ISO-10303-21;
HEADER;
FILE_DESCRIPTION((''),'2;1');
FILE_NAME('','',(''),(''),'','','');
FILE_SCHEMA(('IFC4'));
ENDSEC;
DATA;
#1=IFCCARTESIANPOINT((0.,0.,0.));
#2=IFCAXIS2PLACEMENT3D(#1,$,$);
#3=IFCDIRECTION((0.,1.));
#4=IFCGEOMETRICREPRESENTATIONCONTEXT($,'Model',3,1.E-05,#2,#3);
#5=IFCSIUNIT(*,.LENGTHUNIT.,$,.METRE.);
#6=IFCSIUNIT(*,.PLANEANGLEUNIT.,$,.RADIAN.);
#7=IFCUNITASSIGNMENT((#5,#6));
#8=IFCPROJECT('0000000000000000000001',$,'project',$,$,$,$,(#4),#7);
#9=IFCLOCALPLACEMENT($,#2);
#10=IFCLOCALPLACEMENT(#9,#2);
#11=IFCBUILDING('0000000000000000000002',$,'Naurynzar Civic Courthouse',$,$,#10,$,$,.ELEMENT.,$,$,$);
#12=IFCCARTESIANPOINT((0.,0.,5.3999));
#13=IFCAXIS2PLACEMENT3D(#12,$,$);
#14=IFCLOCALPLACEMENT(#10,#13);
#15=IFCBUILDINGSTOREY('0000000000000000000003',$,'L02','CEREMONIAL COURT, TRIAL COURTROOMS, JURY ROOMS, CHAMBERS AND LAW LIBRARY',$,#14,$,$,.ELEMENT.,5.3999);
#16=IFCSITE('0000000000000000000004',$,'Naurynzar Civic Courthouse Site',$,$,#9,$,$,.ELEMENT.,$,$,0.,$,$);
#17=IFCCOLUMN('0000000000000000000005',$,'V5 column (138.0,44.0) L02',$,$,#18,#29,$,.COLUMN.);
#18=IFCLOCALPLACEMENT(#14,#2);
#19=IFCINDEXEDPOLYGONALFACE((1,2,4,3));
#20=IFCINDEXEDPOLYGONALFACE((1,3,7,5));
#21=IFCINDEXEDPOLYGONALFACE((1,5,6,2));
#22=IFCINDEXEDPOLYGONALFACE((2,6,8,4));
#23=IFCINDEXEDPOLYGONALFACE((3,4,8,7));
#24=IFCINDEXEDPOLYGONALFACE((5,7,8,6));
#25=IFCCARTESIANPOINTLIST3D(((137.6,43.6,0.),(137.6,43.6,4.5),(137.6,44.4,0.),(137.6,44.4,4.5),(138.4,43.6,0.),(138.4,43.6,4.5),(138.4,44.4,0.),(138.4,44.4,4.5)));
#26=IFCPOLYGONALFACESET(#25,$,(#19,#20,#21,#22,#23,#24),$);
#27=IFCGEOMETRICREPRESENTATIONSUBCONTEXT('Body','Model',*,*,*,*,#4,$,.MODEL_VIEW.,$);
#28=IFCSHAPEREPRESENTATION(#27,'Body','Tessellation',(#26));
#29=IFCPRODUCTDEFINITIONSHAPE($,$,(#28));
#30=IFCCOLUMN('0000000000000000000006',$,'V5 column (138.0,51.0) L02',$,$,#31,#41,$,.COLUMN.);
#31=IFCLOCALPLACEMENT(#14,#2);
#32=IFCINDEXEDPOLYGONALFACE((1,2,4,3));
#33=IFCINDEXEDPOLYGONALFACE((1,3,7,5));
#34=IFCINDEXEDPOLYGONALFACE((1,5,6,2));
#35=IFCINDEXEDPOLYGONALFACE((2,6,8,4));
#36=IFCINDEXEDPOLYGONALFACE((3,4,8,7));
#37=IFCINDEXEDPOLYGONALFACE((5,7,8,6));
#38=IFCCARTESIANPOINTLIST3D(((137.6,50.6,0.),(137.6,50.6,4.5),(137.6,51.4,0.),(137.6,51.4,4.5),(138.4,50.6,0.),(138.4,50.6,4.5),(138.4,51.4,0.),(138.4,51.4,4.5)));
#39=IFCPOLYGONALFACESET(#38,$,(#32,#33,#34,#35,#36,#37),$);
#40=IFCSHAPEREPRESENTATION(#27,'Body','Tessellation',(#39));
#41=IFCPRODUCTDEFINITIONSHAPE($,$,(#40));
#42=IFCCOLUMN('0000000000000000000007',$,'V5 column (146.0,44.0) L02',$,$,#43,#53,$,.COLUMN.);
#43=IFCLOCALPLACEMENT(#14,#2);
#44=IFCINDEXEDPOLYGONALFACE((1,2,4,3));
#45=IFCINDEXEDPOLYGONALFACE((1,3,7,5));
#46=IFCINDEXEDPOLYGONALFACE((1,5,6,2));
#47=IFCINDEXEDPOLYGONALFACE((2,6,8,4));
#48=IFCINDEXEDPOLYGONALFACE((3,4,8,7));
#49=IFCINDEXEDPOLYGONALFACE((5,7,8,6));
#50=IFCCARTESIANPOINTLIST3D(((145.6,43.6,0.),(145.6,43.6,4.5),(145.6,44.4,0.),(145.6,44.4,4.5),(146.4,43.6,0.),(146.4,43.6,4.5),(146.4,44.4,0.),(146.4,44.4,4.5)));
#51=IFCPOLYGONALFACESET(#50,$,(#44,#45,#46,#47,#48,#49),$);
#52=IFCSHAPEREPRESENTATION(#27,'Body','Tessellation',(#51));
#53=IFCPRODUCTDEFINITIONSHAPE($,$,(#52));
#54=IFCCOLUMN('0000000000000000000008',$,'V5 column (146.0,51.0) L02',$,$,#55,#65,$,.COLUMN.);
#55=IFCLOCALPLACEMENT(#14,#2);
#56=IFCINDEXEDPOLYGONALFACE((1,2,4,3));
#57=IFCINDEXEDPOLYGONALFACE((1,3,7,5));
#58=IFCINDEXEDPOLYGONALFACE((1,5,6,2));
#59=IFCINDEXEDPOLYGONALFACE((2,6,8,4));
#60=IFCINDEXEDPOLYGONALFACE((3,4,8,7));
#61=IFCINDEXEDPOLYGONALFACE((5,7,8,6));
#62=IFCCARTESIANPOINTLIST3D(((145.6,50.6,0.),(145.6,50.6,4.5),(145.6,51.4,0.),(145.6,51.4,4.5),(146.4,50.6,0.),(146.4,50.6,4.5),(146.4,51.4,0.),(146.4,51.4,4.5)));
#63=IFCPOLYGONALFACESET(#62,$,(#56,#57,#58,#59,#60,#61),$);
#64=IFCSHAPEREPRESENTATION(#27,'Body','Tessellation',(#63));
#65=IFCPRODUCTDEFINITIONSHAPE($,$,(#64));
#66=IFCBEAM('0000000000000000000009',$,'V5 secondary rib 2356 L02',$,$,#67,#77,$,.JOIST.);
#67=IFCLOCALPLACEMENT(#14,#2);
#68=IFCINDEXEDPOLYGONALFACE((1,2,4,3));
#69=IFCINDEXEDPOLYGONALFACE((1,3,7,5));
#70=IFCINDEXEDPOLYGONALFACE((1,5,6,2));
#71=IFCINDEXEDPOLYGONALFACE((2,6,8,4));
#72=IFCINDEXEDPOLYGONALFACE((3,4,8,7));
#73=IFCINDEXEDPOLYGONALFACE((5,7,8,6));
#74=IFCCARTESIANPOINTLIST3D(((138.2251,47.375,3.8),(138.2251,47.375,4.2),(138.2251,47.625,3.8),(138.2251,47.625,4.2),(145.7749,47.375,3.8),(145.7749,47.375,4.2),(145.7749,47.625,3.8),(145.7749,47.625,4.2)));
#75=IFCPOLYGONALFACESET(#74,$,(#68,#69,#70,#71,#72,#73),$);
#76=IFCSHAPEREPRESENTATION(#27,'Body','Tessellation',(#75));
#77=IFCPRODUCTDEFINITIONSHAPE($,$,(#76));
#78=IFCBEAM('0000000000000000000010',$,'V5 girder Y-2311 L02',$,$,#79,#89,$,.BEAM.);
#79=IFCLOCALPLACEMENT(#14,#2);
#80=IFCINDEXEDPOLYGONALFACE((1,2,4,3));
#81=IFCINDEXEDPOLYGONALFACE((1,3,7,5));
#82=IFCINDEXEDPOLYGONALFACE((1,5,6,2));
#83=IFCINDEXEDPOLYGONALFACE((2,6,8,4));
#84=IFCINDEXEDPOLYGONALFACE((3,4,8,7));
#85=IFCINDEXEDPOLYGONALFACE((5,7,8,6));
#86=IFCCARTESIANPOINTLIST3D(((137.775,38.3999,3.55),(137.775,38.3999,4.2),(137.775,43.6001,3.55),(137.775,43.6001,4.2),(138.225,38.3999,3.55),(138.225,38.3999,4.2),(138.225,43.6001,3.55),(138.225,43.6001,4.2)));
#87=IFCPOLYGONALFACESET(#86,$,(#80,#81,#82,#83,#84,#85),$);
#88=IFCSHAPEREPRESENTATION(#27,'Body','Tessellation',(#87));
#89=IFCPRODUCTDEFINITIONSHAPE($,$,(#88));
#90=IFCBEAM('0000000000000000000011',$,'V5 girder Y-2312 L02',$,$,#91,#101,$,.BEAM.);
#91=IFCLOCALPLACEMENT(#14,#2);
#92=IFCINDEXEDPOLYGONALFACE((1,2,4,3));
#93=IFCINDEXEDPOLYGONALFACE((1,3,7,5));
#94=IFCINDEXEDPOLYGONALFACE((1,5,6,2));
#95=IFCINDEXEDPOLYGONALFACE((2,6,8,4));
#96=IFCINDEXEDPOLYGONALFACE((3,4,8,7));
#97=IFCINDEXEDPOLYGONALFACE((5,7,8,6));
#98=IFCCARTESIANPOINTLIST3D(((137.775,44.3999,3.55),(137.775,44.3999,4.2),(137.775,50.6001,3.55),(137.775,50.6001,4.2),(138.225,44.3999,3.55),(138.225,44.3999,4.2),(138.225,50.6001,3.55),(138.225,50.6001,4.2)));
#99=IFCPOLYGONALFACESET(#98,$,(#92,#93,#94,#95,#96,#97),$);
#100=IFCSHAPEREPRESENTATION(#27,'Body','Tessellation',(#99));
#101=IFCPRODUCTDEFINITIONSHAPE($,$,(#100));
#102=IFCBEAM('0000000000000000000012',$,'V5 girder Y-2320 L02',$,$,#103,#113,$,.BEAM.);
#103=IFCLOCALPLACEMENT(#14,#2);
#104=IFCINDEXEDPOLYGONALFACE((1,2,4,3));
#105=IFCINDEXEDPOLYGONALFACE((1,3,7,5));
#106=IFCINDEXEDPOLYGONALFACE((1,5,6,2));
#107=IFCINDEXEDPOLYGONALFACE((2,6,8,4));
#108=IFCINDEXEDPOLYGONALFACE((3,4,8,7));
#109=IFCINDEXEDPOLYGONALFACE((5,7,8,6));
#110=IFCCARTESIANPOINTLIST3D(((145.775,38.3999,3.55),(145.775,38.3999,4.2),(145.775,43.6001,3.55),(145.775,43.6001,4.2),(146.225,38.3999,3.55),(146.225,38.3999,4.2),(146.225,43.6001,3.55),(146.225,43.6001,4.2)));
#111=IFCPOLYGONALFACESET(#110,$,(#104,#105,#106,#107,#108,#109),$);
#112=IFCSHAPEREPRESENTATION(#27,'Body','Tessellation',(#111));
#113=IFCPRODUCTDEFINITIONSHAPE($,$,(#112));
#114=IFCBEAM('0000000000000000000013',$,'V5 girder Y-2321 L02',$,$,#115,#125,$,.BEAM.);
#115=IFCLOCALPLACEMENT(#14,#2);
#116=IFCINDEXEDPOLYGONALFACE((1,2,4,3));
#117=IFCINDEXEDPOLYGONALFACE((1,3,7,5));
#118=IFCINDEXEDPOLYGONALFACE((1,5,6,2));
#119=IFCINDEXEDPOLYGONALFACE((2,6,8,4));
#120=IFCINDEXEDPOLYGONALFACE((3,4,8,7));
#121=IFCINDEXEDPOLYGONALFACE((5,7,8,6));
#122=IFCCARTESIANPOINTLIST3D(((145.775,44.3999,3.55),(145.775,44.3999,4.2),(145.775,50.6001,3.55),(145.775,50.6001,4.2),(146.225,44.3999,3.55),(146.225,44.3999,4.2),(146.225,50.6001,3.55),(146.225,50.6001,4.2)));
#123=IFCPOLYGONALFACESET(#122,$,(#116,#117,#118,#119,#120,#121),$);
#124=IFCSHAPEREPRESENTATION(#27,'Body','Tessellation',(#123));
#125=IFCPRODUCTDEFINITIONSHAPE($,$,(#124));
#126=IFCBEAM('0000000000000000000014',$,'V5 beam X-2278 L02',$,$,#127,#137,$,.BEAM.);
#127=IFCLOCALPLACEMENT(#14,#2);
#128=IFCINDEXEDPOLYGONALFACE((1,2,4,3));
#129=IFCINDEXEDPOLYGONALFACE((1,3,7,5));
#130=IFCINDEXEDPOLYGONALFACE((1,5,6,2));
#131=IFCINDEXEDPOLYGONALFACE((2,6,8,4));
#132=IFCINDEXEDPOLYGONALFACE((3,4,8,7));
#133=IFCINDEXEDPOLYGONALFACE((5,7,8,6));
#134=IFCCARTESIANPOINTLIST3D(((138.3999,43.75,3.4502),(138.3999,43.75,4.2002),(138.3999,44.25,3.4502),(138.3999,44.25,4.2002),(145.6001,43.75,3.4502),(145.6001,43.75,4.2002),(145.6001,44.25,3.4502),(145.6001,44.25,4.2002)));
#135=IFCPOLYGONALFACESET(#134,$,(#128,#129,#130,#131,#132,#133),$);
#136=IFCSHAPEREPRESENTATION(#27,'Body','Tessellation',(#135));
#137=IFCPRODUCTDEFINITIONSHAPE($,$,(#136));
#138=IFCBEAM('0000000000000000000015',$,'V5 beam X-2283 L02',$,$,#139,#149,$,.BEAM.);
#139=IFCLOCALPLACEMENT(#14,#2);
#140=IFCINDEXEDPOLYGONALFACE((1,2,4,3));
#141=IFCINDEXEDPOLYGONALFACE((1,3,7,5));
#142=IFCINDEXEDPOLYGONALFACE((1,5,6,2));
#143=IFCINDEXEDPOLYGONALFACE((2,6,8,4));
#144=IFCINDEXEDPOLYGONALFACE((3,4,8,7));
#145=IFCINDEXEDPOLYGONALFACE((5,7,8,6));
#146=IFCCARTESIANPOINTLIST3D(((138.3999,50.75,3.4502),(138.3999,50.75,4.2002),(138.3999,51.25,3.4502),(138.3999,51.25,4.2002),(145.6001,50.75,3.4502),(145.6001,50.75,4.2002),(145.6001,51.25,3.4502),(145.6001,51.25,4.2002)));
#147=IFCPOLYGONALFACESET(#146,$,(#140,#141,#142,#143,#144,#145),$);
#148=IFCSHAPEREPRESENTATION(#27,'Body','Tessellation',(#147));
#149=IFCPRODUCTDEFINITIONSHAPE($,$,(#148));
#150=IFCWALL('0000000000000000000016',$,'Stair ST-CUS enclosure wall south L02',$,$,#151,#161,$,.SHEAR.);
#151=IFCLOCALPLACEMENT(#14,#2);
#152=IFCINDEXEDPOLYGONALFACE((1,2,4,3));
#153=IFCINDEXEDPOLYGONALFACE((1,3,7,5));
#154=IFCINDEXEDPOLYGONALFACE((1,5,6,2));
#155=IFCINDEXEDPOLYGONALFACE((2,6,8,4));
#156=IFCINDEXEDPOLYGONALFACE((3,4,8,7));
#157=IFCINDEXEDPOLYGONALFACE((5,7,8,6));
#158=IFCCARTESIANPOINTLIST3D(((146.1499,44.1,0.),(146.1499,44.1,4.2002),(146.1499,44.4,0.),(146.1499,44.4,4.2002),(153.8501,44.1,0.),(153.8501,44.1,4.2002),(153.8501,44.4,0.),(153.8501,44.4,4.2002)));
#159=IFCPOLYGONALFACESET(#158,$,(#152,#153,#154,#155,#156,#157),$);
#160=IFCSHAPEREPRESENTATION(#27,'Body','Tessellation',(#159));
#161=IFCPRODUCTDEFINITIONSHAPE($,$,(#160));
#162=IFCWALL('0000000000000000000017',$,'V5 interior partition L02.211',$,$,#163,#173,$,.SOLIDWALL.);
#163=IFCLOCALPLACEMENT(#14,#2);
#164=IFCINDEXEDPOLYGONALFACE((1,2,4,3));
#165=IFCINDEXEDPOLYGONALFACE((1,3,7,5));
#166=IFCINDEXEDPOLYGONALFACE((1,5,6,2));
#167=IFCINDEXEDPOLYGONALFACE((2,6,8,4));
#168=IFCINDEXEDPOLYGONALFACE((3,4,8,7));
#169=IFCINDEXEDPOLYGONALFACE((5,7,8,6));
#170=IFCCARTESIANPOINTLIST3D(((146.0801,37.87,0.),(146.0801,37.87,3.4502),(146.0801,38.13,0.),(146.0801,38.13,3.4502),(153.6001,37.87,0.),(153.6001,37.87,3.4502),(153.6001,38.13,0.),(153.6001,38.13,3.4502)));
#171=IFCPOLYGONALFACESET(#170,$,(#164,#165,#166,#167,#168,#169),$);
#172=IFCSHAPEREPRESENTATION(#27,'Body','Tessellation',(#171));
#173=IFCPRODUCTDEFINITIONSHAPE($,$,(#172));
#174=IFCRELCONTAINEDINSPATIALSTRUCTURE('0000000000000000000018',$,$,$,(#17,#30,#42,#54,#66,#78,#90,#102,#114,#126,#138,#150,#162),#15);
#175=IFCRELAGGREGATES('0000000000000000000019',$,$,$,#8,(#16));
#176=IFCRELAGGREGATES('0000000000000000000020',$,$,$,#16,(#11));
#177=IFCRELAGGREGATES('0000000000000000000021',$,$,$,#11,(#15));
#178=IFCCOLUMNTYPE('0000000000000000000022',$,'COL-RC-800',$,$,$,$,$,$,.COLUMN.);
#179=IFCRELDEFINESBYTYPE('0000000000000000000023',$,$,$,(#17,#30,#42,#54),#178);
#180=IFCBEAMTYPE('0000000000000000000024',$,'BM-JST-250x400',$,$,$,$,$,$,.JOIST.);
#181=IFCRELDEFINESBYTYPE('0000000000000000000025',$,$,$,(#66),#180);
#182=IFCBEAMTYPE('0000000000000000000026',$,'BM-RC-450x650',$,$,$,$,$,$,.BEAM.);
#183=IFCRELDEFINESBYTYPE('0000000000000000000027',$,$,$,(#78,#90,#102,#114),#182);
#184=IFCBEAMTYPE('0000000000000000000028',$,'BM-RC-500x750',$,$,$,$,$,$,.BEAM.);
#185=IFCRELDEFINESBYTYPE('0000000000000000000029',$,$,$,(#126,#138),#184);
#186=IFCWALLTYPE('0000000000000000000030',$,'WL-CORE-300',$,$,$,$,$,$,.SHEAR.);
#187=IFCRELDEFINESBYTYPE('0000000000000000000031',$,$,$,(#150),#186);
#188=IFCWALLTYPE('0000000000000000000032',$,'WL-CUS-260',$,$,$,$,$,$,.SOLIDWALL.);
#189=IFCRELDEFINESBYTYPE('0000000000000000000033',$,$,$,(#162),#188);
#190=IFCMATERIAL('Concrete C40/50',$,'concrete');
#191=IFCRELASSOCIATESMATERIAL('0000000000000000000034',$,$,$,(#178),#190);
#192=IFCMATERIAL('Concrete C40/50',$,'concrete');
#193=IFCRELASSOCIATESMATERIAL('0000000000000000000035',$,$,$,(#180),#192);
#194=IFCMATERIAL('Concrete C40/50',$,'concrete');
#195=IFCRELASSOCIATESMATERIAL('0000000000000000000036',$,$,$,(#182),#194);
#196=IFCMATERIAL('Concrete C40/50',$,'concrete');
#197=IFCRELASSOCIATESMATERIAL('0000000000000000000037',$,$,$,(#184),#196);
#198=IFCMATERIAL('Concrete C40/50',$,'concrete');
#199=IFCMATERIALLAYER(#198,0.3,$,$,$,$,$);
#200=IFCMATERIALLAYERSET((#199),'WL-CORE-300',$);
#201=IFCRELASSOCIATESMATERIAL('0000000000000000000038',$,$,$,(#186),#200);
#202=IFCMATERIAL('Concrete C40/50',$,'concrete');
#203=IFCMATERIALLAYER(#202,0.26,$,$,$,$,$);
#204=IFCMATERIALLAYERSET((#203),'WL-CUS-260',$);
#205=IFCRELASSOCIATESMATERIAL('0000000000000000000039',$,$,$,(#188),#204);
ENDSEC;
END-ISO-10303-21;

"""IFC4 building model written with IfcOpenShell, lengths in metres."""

from ifc_helpers import new_model, si_unit, direction, frame, frame_2d, origin, origin_2d, place, context, subcontext, project, spatial, rectangle, extrude, material, layer, layer_set, material_profile, profile_set, type_object, element, save


model = new_model("IFC4")

# Units and contexts
model_context = context("Model", 3, precision=1e-05, world=origin(), true_north=direction((0.0, 1.0)))
body_context = subcontext(model_context, "Body", "Model", "MODEL_VIEW")
ifc_project = project(units=[si_unit("LENGTHUNIT", "METRE"), si_unit("PLANEANGLEUNIT", "RADIAN")], contexts=[model_context])

# Site, building, storey
site_placement = place(None, origin())
site = spatial("IfcSite", under=ifc_project, at=site_placement, Name="Naurynzar Civic Courthouse Site", CompositionType="ELEMENT", RefElevation=0.0)
building_placement = place(site_placement, origin())
building = spatial("IfcBuilding", under=site, at=building_placement, Name="Naurynzar Civic Courthouse", CompositionType="ELEMENT")
storey_placement = place(building_placement, frame((0.0, 0.0, 5.3999)))
storey = spatial("IfcBuildingStorey", under=building, at=storey_placement, Name="L02", Description="CEREMONIAL COURT, TRIAL COURTROOMS, JURY ROOMS, CHAMBERS AND LAW LIBRARY", CompositionType="ELEMENT", Elevation=5.3999)

# Columns
ifc_material_1 = material(Name="Concrete C40/50", Category="concrete")
ifc_material_profile_1 = material_profile(ifc_material_1, rectangle(XDim=0.8, YDim=0.8, at=origin_2d()), Name="RC 800x800")
ifc_profile_set_1 = profile_set([ifc_material_profile_1], Name="Concrete C40/50")
column_type = type_object("IfcColumnType", Name="COL-RC-800", PredefinedType="COLUMN", material=ifc_profile_set_1)
for number, where, z_axis, x_axis, name in (
    (1, (138.0, 44.0, 0.0), (0.0, 0.0, 1.0), (1.0, 0.0, 0.0), "V5 column (138.0,44.0) L02"),
    (2, (138.0, 51.0, 0.0), (0.0, 0.0, 1.0), (1.0, 0.0, 0.0), "V5 column (138.0,51.0) L02"),
    (3, (146.0, 44.0, 0.0), (0.0, 0.0, 1.0), (1.0, 0.0, 0.0), "V5 column (146.0,44.0) L02"),
    (4, (146.0, 51.0, 0.0), (0.0, 0.0, 1.0), (1.0, 0.0, 0.0), "V5 column (146.0,51.0) L02"),
):
    element("IfcColumn", number, at=place(storey_placement, frame(where, z_axis=z_axis, x_axis=x_axis)), inside=storey, type_object=column_type, Name=name, PredefinedType="COLUMN", context=body_context, shape_type="SweptSolid", body=[
        extrude(rectangle(XDim=0.8, YDim=0.8, at=origin_2d()), origin(), (0.0, 0.0, 1.0), 4.5),
    ])

# Beams
ifc_material_2 = material(Name="Concrete C40/50", Category="concrete")
ifc_material_profile_2 = material_profile(ifc_material_2, rectangle(XDim=0.25, YDim=0.3999, at=origin_2d()), Name="RCB 250x400")
ifc_profile_set_2 = profile_set([ifc_material_profile_2], Name="Concrete C40/50")
beam_type_1 = type_object("IfcBeamType", Name="BM-JST-250x400", PredefinedType="JOIST", material=ifc_profile_set_2)
beam_1_placement = place(storey_placement, frame((138.2251, 47.5, 4.0), z_axis=(1.0, 0.0, 0.0), x_axis=(0.0, 1.0, 0.0)))
element("IfcBeam", 5, at=beam_1_placement, inside=storey, type_object=beam_type_1, Name="V5 secondary rib 2356 L02", PredefinedType="JOIST", context=body_context, shape_type="SweptSolid", body=[
    extrude(rectangle(XDim=0.25, YDim=0.3999, at=origin_2d()), origin(), (0.0, 0.0, 1.0), 7.5498),
])
ifc_material_3 = material(Name="Concrete C40/50", Category="concrete")
ifc_material_profile_3 = material_profile(ifc_material_3, rectangle(XDim=0.45, YDim=0.6499, at=origin_2d()), Name="RCB 450x650")
ifc_profile_set_3 = profile_set([ifc_material_profile_3], Name="Concrete C40/50")
beam_type_2 = type_object("IfcBeamType", Name="BM-RC-450x650", PredefinedType="BEAM", material=ifc_profile_set_3)
beam_2_placement = place(storey_placement, frame((138.0, 38.3999, 3.875), z_axis=(0.0, 1.0, 0.0), x_axis=(-1.0, 0.0, 0.0)))
element("IfcBeam", 6, at=beam_2_placement, inside=storey, type_object=beam_type_2, Name="V5 girder Y-2311 L02", PredefinedType="BEAM", context=body_context, shape_type="SweptSolid", body=[
    extrude(rectangle(XDim=0.45, YDim=0.6499, at=origin_2d()), origin(), (0.0, 0.0, 1.0), 5.2002),
])
beam_3_placement = place(storey_placement, frame((138.0, 44.3999, 3.875), z_axis=(0.0, 1.0, 0.0), x_axis=(-1.0, 0.0, 0.0)))
element("IfcBeam", 7, at=beam_3_placement, inside=storey, type_object=beam_type_2, Name="V5 girder Y-2312 L02", PredefinedType="BEAM", context=body_context, shape_type="SweptSolid", body=[
    extrude(rectangle(XDim=0.45, YDim=0.6499, at=origin_2d()), origin(), (0.0, 0.0, 1.0), 6.2002),
])
beam_4_placement = place(storey_placement, frame((146.0, 38.3999, 3.875), z_axis=(0.0, 1.0, 0.0), x_axis=(-1.0, 0.0, 0.0)))
element("IfcBeam", 8, at=beam_4_placement, inside=storey, type_object=beam_type_2, Name="V5 girder Y-2320 L02", PredefinedType="BEAM", context=body_context, shape_type="SweptSolid", body=[
    extrude(rectangle(XDim=0.45, YDim=0.6499, at=origin_2d()), origin(), (0.0, 0.0, 1.0), 5.2002),
])
beam_5_placement = place(storey_placement, frame((146.0, 44.3999, 3.875), z_axis=(0.0, 1.0, 0.0), x_axis=(-1.0, 0.0, 0.0)))
element("IfcBeam", 9, at=beam_5_placement, inside=storey, type_object=beam_type_2, Name="V5 girder Y-2321 L02", PredefinedType="BEAM", context=body_context, shape_type="SweptSolid", body=[
    extrude(rectangle(XDim=0.45, YDim=0.6499, at=origin_2d()), origin(), (0.0, 0.0, 1.0), 6.2002),
])
ifc_material_4 = material(Name="Concrete C40/50", Category="concrete")
ifc_material_profile_4 = material_profile(ifc_material_4, rectangle(XDim=0.5, YDim=0.75, at=origin_2d()), Name="RCB 500x750")
ifc_profile_set_4 = profile_set([ifc_material_profile_4], Name="Concrete C40/50")
beam_type_3 = type_object("IfcBeamType", Name="BM-RC-500x750", PredefinedType="BEAM", material=ifc_profile_set_4)
for number, where, z_axis, x_axis, name in (
    (10, (138.3999, 44.0, 3.8252), (1.0, 0.0, 0.0), (0.0, 1.0, 0.0), "V5 beam X-2278 L02"),
    (11, (138.3999, 51.0, 3.8252), (1.0, 0.0, 0.0), (0.0, 1.0, 0.0), "V5 beam X-2283 L02"),
):
    element("IfcBeam", number, at=place(storey_placement, frame(where, z_axis=z_axis, x_axis=x_axis)), inside=storey, type_object=beam_type_3, Name=name, PredefinedType="BEAM", context=body_context, shape_type="SweptSolid", body=[
        extrude(rectangle(XDim=0.5, YDim=0.75, at=origin_2d()), origin(), (0.0, 0.0, 1.0), 7.2002),
    ])

# Wall
ifc_material_5 = material(Name="Concrete C40/50", Category="concrete")
ifc_layer_1 = layer(ifc_material_5, 0.3)
ifc_layer_set_1 = layer_set([ifc_layer_1], Name="WL-CORE-300")
wall_type_1 = type_object("IfcWallType", Name="WL-CORE-300", PredefinedType="SHEAR", material=ifc_layer_set_1)
wall_1_placement = place(storey_placement, frame((146.1499, 44.25, 0.0), z_axis=(0.0, 0.0, 1.0), x_axis=(1.0, 0.0, 0.0)))
element("IfcWall", 12, at=wall_1_placement, inside=storey, type_object=wall_type_1, Name="Stair ST-CUS enclosure wall south L02", PredefinedType="SHEAR", context=body_context, shape_type="SweptSolid", body=[
    extrude(rectangle(XDim=7.7002, YDim=0.3, at=frame_2d((3.8501, 0.0))), origin(), (0.0, 0.0, 1.0), 4.2002),
])

# Wall
ifc_material_6 = material(Name="Concrete C40/50", Category="concrete")
ifc_layer_2 = layer(ifc_material_6, 0.26)
ifc_layer_set_2 = layer_set([ifc_layer_2], Name="WL-CUS-260")
wall_type_2 = type_object("IfcWallType", Name="WL-CUS-260", PredefinedType="SOLIDWALL", material=ifc_layer_set_2)
wall_2_placement = place(storey_placement, frame((146.0801, 38.0, 0.0), z_axis=(0.0, 0.0, 1.0), x_axis=(1.0, 0.0, 0.0)))
element("IfcWall", 13, at=wall_2_placement, inside=storey, type_object=wall_type_2, Name="V5 interior partition L02.211", PredefinedType="SOLIDWALL", context=body_context, shape_type="SweptSolid", body=[
    extrude(rectangle(XDim=7.52, YDim=0.26, at=frame_2d((3.76, 0.0))), origin(), (0.0, 0.0, 1.0), 3.4502),
])

save(model, "model.ifc")
